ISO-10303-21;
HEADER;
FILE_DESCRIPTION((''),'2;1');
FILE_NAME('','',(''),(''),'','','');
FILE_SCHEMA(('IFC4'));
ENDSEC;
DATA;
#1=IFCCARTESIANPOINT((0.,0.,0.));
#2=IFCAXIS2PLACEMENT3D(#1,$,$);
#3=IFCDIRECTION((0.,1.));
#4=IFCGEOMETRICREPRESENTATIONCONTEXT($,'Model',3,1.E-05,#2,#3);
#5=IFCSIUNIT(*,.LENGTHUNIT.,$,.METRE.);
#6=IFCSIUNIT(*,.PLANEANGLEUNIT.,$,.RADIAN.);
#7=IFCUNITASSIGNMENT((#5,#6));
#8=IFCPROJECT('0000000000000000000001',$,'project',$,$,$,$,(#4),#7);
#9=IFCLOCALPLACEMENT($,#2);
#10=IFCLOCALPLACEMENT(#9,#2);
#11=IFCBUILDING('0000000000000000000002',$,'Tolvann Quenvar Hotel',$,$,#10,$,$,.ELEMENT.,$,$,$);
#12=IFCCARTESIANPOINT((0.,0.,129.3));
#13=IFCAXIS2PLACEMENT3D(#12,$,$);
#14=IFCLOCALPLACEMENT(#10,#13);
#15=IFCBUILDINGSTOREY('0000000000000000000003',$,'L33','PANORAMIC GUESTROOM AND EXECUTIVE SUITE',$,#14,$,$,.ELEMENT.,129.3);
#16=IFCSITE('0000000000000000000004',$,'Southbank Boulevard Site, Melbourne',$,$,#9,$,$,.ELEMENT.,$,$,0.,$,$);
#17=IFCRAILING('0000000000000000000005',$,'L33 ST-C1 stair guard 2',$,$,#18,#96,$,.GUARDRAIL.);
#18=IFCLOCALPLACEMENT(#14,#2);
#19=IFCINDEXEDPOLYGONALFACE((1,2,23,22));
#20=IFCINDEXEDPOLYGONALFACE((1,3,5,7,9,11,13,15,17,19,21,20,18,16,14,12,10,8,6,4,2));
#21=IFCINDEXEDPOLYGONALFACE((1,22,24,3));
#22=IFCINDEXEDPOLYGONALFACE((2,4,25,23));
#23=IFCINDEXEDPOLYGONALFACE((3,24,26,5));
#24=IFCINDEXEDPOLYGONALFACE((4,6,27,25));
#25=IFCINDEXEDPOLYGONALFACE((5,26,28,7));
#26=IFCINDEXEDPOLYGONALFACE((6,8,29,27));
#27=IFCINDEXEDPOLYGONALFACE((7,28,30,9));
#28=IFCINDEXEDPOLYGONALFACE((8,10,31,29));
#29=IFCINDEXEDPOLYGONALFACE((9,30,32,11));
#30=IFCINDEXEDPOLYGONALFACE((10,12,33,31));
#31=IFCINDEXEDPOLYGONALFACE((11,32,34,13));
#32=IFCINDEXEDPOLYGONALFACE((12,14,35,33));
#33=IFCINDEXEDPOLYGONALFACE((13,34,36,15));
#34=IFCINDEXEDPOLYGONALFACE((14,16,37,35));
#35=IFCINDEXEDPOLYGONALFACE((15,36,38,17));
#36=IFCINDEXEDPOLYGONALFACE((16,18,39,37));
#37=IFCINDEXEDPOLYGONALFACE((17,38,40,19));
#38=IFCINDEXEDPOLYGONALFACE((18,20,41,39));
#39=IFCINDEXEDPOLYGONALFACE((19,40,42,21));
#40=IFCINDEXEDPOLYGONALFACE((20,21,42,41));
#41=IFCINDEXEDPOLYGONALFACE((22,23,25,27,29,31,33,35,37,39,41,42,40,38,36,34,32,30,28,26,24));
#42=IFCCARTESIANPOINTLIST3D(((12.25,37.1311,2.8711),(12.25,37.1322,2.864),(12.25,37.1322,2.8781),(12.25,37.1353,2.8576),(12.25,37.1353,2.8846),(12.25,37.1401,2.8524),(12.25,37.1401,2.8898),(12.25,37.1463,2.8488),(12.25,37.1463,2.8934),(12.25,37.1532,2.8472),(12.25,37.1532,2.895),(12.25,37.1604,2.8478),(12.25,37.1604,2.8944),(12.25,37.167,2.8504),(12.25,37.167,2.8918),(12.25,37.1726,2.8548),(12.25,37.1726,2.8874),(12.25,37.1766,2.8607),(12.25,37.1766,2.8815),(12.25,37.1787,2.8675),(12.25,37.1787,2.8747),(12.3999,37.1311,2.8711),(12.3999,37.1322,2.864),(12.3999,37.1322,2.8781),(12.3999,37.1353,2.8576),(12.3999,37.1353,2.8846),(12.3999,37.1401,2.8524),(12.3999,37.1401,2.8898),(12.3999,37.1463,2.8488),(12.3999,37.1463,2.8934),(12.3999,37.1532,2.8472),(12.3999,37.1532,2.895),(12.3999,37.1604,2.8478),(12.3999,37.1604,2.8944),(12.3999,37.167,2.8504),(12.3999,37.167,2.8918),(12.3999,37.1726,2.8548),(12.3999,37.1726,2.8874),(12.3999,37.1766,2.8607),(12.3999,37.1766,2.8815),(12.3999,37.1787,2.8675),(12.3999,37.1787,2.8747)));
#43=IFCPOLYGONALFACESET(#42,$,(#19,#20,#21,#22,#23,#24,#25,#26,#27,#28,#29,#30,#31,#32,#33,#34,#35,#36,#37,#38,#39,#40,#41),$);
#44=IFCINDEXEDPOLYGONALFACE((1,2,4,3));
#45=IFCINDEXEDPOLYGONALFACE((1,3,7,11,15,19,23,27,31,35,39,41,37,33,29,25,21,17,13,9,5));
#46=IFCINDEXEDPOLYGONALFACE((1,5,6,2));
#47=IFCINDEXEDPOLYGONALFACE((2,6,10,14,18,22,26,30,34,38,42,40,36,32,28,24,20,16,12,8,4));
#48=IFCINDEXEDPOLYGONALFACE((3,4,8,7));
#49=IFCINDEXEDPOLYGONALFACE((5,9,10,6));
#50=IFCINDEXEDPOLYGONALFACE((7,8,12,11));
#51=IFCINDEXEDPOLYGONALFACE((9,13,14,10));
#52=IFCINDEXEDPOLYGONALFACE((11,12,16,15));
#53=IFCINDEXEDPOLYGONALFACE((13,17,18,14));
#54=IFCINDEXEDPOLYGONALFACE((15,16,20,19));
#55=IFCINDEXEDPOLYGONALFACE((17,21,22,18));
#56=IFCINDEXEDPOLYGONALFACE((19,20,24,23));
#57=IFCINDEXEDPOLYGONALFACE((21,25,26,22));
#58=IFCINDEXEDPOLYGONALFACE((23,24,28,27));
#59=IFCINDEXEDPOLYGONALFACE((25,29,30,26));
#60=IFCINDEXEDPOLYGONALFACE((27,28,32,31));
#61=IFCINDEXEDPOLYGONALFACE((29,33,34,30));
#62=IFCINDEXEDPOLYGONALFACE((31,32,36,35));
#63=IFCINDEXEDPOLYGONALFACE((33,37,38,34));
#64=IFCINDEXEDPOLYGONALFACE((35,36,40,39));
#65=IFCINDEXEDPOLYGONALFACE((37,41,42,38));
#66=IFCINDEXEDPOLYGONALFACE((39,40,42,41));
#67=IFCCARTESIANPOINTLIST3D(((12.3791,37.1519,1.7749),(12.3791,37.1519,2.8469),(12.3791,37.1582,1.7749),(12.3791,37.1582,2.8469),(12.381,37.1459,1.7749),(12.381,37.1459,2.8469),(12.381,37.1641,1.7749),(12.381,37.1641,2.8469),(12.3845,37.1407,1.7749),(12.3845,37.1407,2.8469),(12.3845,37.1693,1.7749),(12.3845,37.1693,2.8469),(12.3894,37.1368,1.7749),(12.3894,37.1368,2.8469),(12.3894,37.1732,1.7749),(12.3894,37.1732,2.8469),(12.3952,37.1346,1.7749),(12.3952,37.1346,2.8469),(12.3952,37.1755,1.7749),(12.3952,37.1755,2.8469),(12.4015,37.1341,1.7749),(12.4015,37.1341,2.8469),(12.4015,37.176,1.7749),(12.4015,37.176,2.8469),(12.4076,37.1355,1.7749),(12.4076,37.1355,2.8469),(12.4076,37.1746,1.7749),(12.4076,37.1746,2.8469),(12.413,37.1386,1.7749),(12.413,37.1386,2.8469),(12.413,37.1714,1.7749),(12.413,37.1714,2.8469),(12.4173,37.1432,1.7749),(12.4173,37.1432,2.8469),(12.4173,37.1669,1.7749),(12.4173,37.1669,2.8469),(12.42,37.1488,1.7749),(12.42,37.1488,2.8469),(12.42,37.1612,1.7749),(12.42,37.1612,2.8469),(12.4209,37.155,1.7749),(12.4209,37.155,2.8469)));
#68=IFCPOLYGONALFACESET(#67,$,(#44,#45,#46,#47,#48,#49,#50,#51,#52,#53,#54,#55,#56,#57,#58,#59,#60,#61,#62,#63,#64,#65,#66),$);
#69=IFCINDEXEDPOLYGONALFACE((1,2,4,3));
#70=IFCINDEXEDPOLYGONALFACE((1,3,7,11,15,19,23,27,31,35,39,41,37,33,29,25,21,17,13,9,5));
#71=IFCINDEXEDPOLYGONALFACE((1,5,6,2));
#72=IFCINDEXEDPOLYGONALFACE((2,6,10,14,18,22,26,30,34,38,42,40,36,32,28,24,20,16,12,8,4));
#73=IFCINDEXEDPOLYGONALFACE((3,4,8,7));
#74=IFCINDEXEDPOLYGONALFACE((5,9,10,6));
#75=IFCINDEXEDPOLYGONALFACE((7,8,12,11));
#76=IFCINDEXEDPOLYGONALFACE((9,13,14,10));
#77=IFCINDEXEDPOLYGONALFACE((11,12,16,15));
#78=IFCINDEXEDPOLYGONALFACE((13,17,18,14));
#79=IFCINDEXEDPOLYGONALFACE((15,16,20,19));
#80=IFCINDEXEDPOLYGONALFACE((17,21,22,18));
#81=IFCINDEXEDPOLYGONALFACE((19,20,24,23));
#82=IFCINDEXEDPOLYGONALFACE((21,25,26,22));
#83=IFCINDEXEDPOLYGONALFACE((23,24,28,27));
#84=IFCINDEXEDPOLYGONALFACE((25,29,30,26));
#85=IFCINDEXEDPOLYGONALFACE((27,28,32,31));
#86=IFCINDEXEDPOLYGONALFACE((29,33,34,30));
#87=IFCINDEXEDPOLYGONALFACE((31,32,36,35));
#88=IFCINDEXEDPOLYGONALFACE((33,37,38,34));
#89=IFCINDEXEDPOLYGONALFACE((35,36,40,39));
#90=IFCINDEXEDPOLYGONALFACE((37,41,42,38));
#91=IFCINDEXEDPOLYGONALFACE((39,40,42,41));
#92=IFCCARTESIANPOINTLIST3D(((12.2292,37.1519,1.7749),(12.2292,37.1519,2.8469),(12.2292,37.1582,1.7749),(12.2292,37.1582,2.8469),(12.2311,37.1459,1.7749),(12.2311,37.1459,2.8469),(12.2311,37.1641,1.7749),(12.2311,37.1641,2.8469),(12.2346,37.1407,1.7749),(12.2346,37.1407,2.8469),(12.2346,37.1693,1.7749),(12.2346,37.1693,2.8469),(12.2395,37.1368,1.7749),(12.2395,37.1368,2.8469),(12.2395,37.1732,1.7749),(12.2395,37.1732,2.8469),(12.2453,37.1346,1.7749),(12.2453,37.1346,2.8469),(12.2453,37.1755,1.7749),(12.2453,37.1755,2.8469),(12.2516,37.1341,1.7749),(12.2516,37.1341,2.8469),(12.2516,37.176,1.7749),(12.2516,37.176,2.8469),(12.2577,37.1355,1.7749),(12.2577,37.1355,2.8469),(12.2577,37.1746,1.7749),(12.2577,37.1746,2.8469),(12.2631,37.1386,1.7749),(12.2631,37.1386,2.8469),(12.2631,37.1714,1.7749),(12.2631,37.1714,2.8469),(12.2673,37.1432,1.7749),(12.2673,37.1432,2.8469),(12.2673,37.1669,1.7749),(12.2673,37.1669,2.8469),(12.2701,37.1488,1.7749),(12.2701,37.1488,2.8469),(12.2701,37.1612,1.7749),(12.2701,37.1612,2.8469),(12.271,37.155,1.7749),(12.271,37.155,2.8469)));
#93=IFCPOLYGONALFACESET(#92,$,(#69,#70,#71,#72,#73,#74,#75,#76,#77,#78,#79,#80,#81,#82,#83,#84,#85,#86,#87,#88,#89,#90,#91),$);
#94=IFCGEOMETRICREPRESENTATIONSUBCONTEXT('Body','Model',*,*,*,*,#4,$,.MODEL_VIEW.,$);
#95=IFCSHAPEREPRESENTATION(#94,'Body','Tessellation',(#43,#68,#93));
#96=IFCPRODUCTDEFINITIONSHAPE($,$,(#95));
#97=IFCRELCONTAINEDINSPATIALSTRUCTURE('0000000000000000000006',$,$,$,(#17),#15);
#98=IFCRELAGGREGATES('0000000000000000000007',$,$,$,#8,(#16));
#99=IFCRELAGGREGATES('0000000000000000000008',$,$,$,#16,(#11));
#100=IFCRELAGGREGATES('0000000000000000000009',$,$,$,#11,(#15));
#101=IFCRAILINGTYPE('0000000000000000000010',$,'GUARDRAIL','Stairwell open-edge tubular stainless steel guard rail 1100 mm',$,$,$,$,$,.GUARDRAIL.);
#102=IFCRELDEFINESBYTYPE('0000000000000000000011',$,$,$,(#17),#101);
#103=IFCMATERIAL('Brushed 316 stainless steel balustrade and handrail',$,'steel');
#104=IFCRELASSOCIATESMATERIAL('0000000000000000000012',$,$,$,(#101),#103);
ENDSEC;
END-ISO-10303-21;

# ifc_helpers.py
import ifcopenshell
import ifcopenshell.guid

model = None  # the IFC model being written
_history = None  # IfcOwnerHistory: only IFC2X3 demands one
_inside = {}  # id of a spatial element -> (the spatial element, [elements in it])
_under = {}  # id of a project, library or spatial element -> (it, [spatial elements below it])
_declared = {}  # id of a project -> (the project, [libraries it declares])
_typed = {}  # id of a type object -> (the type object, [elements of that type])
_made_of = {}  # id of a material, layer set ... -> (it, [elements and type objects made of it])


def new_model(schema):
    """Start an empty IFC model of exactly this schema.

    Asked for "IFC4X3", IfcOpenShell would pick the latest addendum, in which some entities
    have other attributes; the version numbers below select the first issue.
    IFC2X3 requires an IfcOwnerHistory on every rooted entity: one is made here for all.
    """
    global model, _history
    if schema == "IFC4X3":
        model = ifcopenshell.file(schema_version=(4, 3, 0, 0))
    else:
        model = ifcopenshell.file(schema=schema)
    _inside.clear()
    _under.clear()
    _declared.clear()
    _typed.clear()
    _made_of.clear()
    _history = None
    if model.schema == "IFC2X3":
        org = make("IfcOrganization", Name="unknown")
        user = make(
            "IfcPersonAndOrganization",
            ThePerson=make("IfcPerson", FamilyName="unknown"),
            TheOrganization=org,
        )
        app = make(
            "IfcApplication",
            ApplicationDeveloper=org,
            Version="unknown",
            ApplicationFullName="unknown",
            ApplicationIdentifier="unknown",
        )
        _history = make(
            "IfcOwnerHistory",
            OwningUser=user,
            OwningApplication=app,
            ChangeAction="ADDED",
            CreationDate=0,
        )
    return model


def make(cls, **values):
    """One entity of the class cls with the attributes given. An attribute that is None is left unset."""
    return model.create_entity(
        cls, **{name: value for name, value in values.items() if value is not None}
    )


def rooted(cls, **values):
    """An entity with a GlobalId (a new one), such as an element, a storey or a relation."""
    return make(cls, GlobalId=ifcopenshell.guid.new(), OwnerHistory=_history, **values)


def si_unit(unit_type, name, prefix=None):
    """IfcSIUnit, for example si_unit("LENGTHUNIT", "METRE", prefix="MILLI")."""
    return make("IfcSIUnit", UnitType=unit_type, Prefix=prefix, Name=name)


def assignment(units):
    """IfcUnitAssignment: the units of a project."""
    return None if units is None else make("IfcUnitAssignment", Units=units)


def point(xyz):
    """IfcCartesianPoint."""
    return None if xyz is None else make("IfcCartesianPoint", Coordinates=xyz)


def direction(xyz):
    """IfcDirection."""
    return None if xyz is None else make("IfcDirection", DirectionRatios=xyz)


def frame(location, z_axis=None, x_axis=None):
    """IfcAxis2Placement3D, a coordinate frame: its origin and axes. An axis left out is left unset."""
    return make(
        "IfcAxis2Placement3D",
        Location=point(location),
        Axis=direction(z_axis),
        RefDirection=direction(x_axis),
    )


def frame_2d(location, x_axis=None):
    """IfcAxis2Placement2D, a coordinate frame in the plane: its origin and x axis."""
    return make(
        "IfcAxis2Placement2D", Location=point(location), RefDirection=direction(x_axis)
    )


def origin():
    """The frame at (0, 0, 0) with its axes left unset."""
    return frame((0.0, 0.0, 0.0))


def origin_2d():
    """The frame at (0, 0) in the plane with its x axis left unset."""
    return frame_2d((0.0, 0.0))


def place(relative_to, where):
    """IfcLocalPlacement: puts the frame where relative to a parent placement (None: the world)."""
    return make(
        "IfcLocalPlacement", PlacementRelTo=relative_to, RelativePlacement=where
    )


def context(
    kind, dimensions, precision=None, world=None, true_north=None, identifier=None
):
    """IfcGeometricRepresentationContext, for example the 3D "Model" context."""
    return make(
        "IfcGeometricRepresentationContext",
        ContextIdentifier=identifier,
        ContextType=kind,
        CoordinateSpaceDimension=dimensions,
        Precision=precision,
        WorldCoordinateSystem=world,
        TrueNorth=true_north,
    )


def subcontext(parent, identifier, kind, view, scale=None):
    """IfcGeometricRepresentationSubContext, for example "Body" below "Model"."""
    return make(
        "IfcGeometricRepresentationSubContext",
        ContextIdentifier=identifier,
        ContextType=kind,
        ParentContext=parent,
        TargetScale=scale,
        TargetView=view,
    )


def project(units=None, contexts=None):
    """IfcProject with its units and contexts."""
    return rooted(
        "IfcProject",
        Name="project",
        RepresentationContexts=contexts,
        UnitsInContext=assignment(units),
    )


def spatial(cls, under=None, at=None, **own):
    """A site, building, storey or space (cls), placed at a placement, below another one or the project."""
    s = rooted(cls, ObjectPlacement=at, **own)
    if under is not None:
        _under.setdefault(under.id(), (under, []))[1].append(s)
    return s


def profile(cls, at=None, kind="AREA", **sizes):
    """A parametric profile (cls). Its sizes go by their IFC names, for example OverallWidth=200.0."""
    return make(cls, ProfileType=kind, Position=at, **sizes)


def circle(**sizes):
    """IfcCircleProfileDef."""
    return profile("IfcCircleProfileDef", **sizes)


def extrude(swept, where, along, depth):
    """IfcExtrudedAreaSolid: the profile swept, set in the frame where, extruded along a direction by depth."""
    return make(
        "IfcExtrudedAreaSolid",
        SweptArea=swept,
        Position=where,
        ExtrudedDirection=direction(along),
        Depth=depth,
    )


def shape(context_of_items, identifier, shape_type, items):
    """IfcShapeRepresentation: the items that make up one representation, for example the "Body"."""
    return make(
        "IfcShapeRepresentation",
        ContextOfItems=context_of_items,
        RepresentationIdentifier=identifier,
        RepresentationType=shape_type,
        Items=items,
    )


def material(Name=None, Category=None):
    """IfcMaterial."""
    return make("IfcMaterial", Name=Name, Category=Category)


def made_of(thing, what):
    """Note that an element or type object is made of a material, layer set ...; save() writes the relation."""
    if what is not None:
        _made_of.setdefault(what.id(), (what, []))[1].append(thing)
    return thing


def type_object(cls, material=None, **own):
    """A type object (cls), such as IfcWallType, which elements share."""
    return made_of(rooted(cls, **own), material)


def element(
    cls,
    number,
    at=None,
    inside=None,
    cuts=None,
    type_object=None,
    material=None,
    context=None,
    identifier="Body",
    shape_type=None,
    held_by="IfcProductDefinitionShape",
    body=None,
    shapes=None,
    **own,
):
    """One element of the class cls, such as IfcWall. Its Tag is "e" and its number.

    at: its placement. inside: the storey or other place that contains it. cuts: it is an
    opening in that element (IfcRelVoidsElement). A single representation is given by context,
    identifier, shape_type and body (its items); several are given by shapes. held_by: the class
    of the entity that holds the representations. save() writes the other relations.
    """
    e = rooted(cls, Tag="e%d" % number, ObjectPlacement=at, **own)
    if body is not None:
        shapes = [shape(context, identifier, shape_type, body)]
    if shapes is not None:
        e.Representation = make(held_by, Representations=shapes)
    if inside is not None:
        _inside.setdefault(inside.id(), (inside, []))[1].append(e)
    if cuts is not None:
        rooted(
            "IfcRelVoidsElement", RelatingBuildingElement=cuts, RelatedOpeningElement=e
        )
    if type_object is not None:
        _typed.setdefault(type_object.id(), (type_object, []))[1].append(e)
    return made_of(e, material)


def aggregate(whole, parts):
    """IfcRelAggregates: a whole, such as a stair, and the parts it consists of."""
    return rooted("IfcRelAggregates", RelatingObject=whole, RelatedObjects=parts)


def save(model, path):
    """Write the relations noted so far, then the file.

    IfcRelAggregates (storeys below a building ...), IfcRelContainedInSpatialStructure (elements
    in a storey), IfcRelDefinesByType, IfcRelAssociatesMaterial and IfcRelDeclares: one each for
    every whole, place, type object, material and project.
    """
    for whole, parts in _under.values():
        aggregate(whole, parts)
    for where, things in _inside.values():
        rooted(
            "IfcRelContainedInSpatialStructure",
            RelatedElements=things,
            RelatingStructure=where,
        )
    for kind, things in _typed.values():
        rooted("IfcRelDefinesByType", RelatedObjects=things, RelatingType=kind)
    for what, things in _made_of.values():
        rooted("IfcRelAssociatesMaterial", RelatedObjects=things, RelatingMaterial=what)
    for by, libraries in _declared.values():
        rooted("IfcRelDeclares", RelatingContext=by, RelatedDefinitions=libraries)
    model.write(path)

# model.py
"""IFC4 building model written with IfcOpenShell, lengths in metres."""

from ifc_helpers import new_model, si_unit, direction, frame, origin, origin_2d, place, context, subcontext, project, spatial, circle, extrude, material, type_object, element, save


model = new_model("IFC4")

# Units and contexts
model_context = context("Model", 3, precision=1e-05, world=origin(), true_north=direction((0.0, 1.0)))
body_context = subcontext(model_context, "Body", "Model", "MODEL_VIEW")
ifc_project = project(units=[si_unit("LENGTHUNIT", "METRE"), si_unit("PLANEANGLEUNIT", "RADIAN")], contexts=[model_context])

# Site, building, storey
site_placement = place(None, origin())
site = spatial("IfcSite", under=ifc_project, at=site_placement, Name="Southbank Boulevard Site, Melbourne", CompositionType="ELEMENT", RefElevation=0.0)
building_placement = place(site_placement, origin())
building = spatial("IfcBuilding", under=site, at=building_placement, Name="Tolvann Quenvar Hotel", CompositionType="ELEMENT")
storey_placement = place(building_placement, frame((0.0, 0.0, 129.3)))
storey = spatial("IfcBuildingStorey", under=building, at=storey_placement, Name="L33", Description="PANORAMIC GUESTROOM AND EXECUTIVE SUITE", CompositionType="ELEMENT", Elevation=129.3)

# Railing
ifc_material_1 = material(Name="Brushed 316 stainless steel balustrade and handrail", Category="steel")
railing_type_1 = type_object("IfcRailingType", Name="GUARDRAIL", Description="Stairwell open-edge tubular stainless steel guard rail 1100 mm", PredefinedType="GUARDRAIL", material=ifc_material_1)
railing_1_placement = place(storey_placement, frame((12.3999, 37.155, 1.7749)))
element("IfcRailing", 1, at=railing_1_placement, inside=storey, type_object=railing_type_1, Name="L33 ST-C1 stair guard 2", PredefinedType="GUARDRAIL", context=body_context, shape_type="SweptSolid", body=[
    extrude(circle(Radius=0.0239, at=origin_2d()), frame((0.0, 0.0, 1.0962), z_axis=(-1.0, 0.0, 0.0), x_axis=(0.0, -1.0, 0.0)), (0.0, 0.0, 1.0), 0.1499),
    extrude(circle(Radius=0.021, at=origin_2d()), origin(), (0.0, 0.0, 1.0), 1.072),
    extrude(circle(Radius=0.021, at=origin_2d()), frame((-0.1499, 0.0, 0.0)), (0.0, 0.0, 1.0), 1.072),
])

save(model, "model.ifc")
